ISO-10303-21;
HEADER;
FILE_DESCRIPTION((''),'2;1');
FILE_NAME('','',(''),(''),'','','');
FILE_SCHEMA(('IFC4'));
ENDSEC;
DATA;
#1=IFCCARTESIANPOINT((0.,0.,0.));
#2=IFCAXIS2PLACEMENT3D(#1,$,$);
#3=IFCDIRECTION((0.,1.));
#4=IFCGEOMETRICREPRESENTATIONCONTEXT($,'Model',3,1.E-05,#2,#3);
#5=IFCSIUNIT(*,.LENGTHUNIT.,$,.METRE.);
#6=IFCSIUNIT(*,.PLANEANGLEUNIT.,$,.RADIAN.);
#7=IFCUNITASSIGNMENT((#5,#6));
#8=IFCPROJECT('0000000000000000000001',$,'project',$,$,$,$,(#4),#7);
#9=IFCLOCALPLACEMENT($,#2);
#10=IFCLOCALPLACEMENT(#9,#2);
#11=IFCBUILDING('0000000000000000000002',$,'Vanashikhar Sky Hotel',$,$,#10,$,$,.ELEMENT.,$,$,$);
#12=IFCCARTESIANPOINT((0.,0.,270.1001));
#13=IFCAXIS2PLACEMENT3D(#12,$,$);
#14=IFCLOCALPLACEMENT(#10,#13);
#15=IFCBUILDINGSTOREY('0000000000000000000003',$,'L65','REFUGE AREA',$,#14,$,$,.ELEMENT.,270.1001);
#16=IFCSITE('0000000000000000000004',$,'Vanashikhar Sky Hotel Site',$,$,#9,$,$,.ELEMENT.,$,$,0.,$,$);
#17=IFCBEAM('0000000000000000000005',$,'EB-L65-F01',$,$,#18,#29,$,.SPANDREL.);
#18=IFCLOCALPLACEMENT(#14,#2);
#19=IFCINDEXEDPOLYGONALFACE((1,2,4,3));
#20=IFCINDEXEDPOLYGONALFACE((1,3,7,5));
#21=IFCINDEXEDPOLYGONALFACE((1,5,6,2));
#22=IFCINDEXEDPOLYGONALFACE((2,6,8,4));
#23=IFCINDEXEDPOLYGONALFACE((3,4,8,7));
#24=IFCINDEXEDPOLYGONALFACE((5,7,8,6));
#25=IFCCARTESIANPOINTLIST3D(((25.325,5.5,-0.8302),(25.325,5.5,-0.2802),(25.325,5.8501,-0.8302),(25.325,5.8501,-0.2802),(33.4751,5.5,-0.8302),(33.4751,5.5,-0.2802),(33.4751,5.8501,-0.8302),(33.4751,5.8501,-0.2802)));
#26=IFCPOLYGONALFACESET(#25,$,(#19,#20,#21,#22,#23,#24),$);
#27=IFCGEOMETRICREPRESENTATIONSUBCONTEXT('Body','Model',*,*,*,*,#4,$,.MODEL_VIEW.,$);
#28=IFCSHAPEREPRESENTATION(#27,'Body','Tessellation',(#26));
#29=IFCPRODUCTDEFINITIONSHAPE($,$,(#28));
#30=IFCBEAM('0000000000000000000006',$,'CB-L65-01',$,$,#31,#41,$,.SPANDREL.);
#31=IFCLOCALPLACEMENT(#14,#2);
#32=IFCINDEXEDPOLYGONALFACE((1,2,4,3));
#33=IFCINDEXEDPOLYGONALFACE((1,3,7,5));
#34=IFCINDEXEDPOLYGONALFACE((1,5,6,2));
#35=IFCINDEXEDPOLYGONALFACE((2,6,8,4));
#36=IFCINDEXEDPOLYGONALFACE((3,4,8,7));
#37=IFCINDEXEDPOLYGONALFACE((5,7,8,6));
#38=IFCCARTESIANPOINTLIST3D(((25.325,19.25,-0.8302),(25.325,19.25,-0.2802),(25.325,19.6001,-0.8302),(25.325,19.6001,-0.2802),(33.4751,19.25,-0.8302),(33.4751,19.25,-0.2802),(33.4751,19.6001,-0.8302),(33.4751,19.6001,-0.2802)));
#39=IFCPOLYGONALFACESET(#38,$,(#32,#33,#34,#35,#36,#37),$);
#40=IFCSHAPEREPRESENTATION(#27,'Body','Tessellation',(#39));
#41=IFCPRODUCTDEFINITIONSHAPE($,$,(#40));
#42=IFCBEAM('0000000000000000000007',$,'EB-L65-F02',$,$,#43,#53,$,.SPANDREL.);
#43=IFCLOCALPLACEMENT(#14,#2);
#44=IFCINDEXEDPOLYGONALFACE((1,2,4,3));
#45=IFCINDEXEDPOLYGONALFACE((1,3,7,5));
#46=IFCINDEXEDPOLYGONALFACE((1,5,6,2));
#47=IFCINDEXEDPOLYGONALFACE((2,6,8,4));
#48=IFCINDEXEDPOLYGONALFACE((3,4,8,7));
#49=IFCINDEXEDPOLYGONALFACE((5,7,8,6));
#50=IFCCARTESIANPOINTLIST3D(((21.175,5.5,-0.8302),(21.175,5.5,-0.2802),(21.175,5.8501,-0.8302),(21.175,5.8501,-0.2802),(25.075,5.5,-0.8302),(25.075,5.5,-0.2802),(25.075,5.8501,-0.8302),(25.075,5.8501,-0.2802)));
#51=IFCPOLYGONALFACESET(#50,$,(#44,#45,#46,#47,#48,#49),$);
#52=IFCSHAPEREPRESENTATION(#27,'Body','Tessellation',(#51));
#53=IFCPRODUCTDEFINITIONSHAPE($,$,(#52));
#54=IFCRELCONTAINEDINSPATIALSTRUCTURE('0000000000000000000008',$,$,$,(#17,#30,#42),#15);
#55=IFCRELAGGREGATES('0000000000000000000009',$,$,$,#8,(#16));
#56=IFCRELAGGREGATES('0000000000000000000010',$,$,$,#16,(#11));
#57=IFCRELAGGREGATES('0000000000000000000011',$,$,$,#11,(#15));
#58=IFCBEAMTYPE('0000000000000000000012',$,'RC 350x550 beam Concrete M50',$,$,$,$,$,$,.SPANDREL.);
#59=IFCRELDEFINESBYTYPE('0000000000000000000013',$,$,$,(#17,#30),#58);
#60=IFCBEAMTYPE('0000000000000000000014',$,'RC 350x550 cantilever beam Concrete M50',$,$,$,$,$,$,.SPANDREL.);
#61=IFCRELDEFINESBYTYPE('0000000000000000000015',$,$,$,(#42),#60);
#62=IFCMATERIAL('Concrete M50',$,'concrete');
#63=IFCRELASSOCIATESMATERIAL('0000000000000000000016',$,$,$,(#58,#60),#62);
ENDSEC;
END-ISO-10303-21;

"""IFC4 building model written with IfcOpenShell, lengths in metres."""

from ifc_helpers import new_model, si_unit, direction, frame, origin, origin_2d, place, context, subcontext, project, spatial, rectangle, extrude, source, transform, mapped, material, material_profile, profile_set, type_object, element, save


model = new_model("IFC4")

# Units and contexts
model_context = context("Model", 3, precision=1e-05, world=origin(), true_north=direction((0.0, 1.0)))
body_context = subcontext(model_context, "Body", "Model", "MODEL_VIEW")
ifc_project = project(units=[si_unit("LENGTHUNIT", "METRE"), si_unit("PLANEANGLEUNIT", "RADIAN")], contexts=[model_context])

# Site, building, storey
site_placement = place(None, origin())
site = spatial("IfcSite", under=ifc_project, at=site_placement, Name="Vanashikhar Sky Hotel Site", CompositionType="ELEMENT", RefElevation=0.0)
building_placement = place(site_placement, origin())
building = spatial("IfcBuilding", under=site, at=building_placement, Name="Vanashikhar Sky Hotel", CompositionType="ELEMENT")
storey_placement = place(building_placement, frame((0.0, 0.0, 270.1001)))
storey = spatial("IfcBuildingStorey", under=building, at=storey_placement, Name="L65", Description="REFUGE AREA", CompositionType="ELEMENT", Elevation=270.1001)

# Beams
ifc_material_1 = material(Name="Concrete M50", Category="concrete")
ifc_material_profile_1 = material_profile(ifc_material_1, rectangle(XDim=0.3501, YDim=0.55, at=origin_2d()))
ifc_profile_set_1 = profile_set([ifc_material_profile_1], Name="RC 350x550 beam Concrete M50")
beam_type_1 = type_object("IfcBeamType", Name="RC 350x550 beam Concrete M50", PredefinedType="SPANDREL", material=ifc_profile_set_1)
shared_shape_1 = source(origin(), body_context, "Body", "SweptSolid", [
    extrude(rectangle(XDim=0.3501, YDim=0.55, at=origin_2d()), origin(), (0.0, 0.0, 1.0), 8.1501),
])
for number, where, z_axis, x_axis, name in (
    (1, (25.325, 5.675, -0.5552), (1.0, 0.0, 0.0), (0.0, 1.0, 0.0), "EB-L65-F01"),
    (2, (25.325, 19.425, -0.5552), (1.0, 0.0, 0.0), (0.0, 1.0, 0.0), "CB-L65-01"),
):
    element("IfcBeam", number, at=place(storey_placement, frame(where, z_axis=z_axis, x_axis=x_axis)), inside=storey, type_object=beam_type_1, Name=name, PredefinedType="SPANDREL", context=body_context, shape_type="MappedRepresentation", body=[
        mapped(shared_shape_1, transform((0.0, 0.0, 0.0), scale=1.0)),
    ])
ifc_material_profile_2 = material_profile(ifc_material_1, rectangle(XDim=0.3501, YDim=0.55, at=origin_2d()))
ifc_profile_set_2 = profile_set([ifc_material_profile_2], Name="RC 350x550 cantilever beam Concrete M50")
beam_type_2 = type_object("IfcBeamType", Name="RC 350x550 cantilever beam Concrete M50", PredefinedType="SPANDREL", material=ifc_profile_set_2)
shared_shape_2 = source(origin(), body_context, "Body", "SweptSolid", [
    extrude(rectangle(XDim=0.3501, YDim=0.55, at=origin_2d()), origin(), (0.0, 0.0, 1.0), 3.8999),
])
beam_placement = place(storey_placement, frame((21.175, 5.675, -0.5552), z_axis=(1.0, 0.0, 0.0), x_axis=(0.0, 1.0, 0.0)))
element("IfcBeam", 3, at=beam_placement, inside=storey, type_object=beam_type_2, Name="EB-L65-F02", PredefinedType="SPANDREL", context=body_context, shape_type="MappedRepresentation", body=[
    mapped(shared_shape_2, transform((0.0, 0.0, 0.0), scale=1.0)),
])

save(model, "model.ifc")
